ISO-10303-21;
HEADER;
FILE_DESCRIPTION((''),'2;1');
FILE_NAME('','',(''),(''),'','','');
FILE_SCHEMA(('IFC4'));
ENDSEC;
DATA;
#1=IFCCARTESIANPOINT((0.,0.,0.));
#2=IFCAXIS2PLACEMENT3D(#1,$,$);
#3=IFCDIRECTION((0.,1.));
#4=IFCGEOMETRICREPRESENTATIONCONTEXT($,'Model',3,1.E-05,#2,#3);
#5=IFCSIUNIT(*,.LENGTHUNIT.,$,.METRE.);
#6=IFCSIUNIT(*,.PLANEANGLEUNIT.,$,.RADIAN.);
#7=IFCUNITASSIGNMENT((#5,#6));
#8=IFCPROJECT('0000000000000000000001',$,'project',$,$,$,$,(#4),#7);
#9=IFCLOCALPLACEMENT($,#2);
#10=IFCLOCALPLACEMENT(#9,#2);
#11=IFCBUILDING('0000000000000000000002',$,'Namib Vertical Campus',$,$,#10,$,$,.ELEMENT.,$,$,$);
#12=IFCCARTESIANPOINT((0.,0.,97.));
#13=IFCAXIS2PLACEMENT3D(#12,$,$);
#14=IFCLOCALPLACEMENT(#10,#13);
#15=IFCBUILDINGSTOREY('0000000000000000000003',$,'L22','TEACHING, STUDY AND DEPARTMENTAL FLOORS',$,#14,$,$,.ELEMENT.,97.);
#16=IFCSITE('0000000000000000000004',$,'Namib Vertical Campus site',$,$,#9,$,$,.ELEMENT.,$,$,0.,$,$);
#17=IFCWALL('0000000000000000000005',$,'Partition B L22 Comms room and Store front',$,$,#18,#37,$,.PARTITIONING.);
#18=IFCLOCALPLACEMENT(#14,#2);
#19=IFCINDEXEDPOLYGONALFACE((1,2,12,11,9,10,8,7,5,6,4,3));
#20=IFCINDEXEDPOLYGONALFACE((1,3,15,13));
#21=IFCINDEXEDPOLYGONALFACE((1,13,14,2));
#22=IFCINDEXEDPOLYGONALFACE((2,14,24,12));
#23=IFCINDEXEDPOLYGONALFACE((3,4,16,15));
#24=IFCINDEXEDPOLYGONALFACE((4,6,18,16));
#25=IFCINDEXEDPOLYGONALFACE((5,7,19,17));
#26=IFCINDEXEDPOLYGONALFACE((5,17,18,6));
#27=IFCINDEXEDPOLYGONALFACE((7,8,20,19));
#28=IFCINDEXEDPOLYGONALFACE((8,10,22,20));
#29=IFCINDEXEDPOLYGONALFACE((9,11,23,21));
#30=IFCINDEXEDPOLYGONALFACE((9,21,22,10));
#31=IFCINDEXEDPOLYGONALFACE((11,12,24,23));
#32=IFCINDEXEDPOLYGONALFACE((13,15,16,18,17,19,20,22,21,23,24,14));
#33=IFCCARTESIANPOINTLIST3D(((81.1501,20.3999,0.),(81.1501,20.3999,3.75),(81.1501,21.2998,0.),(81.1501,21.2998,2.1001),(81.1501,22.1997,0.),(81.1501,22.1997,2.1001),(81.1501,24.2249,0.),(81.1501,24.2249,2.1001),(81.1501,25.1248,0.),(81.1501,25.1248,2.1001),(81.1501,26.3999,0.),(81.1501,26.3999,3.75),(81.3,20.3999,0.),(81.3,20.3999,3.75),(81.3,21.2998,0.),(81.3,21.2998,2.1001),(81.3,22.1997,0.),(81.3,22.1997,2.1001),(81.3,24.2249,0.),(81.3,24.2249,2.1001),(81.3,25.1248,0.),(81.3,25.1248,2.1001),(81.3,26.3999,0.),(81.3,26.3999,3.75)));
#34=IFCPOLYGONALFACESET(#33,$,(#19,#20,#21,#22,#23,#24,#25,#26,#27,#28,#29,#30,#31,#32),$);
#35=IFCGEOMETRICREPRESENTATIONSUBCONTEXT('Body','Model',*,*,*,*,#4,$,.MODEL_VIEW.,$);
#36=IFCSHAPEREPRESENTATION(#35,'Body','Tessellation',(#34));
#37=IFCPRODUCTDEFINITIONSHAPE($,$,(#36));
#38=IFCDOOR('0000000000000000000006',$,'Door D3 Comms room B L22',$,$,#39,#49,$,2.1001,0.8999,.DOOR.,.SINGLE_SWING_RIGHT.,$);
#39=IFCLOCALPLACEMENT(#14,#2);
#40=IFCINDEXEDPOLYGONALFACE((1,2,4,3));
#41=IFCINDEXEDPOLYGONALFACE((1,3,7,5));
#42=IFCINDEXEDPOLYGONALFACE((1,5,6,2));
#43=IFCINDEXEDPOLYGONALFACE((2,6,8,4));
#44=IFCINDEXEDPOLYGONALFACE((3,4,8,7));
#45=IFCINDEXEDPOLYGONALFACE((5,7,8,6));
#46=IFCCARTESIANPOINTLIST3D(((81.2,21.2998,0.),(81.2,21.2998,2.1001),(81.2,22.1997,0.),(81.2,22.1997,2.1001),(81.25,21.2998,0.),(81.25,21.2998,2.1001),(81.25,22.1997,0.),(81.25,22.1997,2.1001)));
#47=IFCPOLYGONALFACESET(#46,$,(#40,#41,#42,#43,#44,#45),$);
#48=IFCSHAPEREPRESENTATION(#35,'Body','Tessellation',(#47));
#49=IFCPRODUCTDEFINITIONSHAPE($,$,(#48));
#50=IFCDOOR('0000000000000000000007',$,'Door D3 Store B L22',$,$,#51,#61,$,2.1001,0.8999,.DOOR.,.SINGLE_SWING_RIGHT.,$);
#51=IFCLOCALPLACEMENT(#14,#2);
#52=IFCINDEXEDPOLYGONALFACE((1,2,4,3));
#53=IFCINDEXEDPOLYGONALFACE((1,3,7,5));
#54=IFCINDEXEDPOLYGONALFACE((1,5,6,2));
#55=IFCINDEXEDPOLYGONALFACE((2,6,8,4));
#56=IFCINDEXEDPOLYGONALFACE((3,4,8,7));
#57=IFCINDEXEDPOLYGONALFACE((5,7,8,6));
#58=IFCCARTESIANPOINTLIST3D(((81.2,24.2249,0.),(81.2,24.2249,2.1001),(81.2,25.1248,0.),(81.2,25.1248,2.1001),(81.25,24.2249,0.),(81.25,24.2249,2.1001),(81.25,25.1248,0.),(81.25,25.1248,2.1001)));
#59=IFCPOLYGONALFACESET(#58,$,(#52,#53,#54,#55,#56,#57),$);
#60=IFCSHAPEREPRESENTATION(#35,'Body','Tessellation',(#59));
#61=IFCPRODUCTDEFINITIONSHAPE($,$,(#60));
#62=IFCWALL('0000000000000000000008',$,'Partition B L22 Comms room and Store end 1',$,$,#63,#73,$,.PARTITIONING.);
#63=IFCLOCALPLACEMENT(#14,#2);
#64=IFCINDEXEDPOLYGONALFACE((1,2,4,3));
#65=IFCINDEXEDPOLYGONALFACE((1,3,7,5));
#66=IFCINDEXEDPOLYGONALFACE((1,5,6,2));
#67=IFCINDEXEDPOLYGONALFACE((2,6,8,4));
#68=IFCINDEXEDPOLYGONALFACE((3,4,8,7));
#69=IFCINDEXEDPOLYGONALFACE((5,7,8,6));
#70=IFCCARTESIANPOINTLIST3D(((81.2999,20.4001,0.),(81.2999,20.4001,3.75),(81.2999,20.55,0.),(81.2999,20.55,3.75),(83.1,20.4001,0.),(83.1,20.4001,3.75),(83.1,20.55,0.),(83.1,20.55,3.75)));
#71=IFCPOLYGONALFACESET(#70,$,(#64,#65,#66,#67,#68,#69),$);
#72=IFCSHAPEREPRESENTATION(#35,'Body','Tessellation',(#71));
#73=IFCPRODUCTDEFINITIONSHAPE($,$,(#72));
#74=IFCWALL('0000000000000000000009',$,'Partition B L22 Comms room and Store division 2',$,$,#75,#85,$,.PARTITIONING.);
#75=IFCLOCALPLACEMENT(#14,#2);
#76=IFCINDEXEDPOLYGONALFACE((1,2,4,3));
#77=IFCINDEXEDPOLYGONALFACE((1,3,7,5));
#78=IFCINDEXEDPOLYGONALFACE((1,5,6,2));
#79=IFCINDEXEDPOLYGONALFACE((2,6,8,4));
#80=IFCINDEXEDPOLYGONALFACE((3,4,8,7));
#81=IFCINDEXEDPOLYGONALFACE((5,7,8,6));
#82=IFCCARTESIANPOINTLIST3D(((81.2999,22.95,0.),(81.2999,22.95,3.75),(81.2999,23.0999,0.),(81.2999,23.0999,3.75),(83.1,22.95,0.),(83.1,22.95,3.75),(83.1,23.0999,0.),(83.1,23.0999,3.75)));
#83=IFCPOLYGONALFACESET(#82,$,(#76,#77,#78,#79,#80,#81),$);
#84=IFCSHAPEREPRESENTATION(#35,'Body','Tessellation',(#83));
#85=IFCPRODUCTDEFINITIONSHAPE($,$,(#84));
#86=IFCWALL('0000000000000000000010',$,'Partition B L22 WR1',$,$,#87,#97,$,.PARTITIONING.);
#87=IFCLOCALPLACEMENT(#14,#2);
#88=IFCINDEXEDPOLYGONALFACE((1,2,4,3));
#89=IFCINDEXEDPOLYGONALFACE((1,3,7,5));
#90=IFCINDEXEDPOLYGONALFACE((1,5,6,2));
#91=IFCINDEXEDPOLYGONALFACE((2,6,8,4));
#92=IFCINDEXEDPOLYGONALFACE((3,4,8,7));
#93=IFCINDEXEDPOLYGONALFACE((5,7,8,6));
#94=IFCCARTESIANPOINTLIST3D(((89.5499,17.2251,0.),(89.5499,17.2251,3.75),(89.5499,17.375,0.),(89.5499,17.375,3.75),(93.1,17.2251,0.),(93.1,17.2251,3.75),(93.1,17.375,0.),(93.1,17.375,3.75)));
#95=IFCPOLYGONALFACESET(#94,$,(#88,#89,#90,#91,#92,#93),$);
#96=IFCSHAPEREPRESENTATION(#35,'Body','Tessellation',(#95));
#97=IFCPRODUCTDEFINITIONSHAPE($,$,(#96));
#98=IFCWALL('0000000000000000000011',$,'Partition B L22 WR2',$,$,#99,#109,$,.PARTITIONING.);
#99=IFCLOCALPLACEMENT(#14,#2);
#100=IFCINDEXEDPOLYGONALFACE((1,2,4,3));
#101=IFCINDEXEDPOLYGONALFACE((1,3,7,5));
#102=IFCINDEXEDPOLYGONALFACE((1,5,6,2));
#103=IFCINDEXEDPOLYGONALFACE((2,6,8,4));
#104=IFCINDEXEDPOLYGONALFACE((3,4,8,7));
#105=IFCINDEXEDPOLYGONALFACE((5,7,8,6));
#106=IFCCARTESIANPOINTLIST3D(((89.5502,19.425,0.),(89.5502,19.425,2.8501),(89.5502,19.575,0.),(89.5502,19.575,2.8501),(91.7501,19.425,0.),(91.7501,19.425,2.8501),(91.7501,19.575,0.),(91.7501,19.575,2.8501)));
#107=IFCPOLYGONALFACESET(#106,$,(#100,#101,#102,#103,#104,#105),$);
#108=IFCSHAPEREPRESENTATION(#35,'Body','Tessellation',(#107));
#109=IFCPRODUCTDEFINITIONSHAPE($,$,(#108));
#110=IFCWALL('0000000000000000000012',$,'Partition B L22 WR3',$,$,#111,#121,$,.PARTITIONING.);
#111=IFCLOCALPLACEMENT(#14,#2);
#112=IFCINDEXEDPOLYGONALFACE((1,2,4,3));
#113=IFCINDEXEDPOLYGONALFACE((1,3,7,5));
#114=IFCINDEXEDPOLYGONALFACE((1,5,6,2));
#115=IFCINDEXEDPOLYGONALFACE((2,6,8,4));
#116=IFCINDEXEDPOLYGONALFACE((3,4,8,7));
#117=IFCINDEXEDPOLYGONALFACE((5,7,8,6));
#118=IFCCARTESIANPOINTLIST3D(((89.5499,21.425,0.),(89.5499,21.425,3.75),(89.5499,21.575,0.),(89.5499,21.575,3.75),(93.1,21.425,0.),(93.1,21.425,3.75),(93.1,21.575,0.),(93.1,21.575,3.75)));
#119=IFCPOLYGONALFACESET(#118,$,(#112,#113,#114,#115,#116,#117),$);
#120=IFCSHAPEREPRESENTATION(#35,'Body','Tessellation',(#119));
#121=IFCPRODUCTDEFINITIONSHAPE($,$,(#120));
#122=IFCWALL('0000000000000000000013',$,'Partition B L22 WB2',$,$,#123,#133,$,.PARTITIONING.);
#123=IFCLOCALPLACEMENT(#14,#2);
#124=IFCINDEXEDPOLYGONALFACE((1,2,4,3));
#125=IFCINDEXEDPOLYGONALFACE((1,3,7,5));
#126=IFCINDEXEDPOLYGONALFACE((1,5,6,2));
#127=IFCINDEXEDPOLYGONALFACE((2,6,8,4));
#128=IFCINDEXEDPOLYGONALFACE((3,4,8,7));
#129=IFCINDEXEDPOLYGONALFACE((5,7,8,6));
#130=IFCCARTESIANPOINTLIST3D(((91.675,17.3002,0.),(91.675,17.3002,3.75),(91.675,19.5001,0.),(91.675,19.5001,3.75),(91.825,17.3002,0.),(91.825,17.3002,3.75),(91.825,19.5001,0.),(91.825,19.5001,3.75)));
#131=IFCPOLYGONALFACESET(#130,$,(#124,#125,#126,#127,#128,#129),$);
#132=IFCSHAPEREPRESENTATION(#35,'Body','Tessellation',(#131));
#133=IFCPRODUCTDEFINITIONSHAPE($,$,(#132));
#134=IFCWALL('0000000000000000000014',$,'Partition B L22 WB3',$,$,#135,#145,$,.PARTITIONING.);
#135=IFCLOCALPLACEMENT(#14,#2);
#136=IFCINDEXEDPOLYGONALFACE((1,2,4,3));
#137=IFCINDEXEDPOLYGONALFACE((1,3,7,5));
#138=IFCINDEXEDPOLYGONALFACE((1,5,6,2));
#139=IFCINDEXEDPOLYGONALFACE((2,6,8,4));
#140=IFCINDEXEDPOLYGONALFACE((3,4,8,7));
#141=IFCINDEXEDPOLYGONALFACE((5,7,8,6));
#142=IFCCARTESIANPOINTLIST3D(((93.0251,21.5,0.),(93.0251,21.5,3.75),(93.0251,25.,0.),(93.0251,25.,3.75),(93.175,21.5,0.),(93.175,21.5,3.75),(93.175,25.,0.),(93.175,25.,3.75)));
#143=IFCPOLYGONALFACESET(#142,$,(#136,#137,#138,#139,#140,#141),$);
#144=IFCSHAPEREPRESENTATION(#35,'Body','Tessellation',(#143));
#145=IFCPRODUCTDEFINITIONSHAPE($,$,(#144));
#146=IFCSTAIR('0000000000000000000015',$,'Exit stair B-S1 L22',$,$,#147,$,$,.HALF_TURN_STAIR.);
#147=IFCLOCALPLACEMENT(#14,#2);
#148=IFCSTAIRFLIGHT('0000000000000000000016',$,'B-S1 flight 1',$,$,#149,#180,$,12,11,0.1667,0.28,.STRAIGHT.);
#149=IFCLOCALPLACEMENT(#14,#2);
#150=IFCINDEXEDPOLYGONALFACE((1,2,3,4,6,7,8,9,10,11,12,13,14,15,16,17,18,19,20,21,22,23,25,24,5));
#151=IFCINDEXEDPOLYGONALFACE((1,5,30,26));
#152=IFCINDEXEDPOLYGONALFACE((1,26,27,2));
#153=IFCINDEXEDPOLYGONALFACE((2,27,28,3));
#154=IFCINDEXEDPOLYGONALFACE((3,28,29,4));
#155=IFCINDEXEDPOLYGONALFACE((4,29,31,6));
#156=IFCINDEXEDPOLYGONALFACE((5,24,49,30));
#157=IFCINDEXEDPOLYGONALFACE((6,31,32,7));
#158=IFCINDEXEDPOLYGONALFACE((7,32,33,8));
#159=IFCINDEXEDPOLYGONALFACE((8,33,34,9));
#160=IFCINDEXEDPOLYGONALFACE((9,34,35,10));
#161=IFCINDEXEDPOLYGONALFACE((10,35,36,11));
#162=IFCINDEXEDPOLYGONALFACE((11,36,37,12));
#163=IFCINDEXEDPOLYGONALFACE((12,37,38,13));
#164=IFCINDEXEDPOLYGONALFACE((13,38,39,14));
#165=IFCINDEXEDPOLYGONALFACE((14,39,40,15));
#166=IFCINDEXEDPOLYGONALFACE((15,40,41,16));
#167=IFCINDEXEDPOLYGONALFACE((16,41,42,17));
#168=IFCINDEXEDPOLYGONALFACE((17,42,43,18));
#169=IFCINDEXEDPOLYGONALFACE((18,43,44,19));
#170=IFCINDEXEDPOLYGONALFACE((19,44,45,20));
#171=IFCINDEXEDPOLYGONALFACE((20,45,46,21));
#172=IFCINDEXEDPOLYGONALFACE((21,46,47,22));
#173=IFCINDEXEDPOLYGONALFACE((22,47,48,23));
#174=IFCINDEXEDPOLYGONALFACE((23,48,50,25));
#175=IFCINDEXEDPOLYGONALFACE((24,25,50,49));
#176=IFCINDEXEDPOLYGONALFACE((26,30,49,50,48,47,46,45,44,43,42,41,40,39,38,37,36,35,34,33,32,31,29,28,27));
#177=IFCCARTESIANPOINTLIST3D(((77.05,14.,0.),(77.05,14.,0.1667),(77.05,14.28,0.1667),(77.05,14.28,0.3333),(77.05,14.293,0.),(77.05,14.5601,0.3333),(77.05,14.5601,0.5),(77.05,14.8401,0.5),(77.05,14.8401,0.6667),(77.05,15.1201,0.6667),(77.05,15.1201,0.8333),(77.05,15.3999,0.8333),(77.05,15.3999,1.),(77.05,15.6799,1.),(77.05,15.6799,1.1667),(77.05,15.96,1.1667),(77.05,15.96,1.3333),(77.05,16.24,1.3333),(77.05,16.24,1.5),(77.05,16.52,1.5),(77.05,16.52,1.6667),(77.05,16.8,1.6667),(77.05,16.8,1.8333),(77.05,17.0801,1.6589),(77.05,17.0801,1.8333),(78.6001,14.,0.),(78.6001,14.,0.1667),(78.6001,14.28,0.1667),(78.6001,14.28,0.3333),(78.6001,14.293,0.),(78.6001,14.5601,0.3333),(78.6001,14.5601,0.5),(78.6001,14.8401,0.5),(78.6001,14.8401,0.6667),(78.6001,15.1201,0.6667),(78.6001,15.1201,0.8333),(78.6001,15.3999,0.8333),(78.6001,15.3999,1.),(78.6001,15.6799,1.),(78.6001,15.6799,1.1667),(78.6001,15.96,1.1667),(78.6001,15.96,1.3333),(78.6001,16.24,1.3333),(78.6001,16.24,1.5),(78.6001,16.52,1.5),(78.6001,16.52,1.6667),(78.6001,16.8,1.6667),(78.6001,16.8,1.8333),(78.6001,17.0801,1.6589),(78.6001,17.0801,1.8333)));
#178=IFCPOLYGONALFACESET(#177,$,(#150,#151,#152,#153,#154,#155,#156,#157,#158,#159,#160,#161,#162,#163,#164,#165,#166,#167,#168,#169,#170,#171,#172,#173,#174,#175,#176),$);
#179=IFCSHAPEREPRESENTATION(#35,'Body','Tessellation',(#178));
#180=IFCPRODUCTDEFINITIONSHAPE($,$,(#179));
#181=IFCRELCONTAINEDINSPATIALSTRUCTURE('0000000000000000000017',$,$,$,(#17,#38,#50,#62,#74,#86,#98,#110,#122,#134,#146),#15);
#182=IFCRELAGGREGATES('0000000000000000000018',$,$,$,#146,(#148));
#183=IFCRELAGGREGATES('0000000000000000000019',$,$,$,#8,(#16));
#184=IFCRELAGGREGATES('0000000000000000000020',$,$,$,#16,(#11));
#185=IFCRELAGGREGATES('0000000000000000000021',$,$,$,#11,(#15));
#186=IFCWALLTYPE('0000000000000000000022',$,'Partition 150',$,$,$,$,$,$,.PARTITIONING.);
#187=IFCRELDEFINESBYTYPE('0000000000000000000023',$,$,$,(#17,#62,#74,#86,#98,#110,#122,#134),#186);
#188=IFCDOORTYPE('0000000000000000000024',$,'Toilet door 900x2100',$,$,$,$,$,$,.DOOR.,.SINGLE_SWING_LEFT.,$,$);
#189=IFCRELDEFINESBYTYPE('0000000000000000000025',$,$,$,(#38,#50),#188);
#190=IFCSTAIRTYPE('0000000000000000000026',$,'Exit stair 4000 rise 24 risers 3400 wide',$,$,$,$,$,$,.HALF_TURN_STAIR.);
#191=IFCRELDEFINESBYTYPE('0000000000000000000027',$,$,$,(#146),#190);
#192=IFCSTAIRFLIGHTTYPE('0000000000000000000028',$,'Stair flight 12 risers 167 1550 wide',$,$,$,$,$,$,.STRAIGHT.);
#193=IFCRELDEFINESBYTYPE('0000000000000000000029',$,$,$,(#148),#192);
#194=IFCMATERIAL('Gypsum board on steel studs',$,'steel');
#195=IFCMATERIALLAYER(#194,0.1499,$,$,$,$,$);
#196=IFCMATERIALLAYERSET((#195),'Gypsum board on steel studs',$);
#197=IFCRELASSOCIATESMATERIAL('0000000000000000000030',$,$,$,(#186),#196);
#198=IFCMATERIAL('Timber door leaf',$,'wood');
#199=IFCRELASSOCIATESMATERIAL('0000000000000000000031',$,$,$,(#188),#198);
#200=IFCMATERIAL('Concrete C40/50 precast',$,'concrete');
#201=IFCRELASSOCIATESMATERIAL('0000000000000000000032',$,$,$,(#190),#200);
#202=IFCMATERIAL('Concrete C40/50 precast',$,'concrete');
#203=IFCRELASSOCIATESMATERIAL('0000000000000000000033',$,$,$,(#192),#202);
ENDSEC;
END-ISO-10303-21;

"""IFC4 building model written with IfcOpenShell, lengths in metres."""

from ifc_helpers import new_model, si_unit, direction, frame, frame_2d, origin, place, context, subcontext, project, spatial, polyline, rectangle, outline, extrude, material, layer, layer_set, type_object, element, fill, aggregate, save


model = new_model("IFC4")

# Units and contexts
model_context = context("Model", 3, precision=1e-05, world=origin(), true_north=direction((0.0, 1.0)))
body_context = subcontext(model_context, "Body", "Model", "MODEL_VIEW")
ifc_project = project(units=[si_unit("LENGTHUNIT", "METRE"), si_unit("PLANEANGLEUNIT", "RADIAN")], contexts=[model_context])

# Site, building, storey
site_placement = place(None, origin())
site = spatial("IfcSite", under=ifc_project, at=site_placement, Name="Namib Vertical Campus site", CompositionType="ELEMENT", RefElevation=0.0)
building_placement = place(site_placement, origin())
building = spatial("IfcBuilding", under=site, at=building_placement, Name="Namib Vertical Campus", CompositionType="ELEMENT")
storey_placement = place(building_placement, frame((0.0, 0.0, 97.0)))
storey = spatial("IfcBuildingStorey", under=building, at=storey_placement, Name="L22", Description="TEACHING, STUDY AND DEPARTMENTAL FLOORS", CompositionType="ELEMENT", Elevation=97.0)

# Wall, openings, doors
ifc_material_1 = material(Name="Gypsum board on steel studs", Category="steel")
ifc_layer_1 = layer(ifc_material_1, 0.1499)
ifc_layer_set_1 = layer_set([ifc_layer_1], Name="Gypsum board on steel studs")
wall_type_1 = type_object("IfcWallType", Name="Partition 150", PredefinedType="PARTITIONING", material=ifc_layer_set_1)
wall_1_placement = place(storey_placement, frame((81.2251, 20.3999, 0.0), z_axis=(0.0, 0.0, 1.0), x_axis=(0.0, 1.0, 0.0)))
wall_1 = element("IfcWall", 1, at=wall_1_placement, inside=storey, type_object=wall_type_1, Name="Partition B L22 Comms room and Store front", PredefinedType="PARTITIONING", context=body_context, shape_type="SweptSolid", body=[
    extrude(rectangle(XDim=6.0, YDim=0.1499, at=frame_2d((3.0, 0.0))), origin(), (0.0, 0.0, 1.0), 3.75),
])
opening_1_placement = place(wall_1_placement, frame((0.8999, 0.0, 0.0)))
opening_1 = element("IfcOpeningElement", 2, at=opening_1_placement, cuts=wall_1, PredefinedType="OPENING", context=body_context, shape_type="SweptSolid", body=[
    extrude(rectangle(XDim=0.8999, YDim=2.1001, at=frame_2d((0.45, 1.05))), frame((0.0, 0.085, 0.0), z_axis=(0.0, -1.0, 0.0), x_axis=(1.0, 0.0, 0.0)), (0.0, 0.0, 1.0), 0.1699),
])
opening_2_placement = place(wall_1_placement, frame((3.825, 0.0, 0.0)))
opening_2 = element("IfcOpeningElement", 3, at=opening_2_placement, cuts=wall_1, PredefinedType="OPENING", context=body_context, shape_type="SweptSolid", body=[
    extrude(rectangle(XDim=0.8999, YDim=2.1001, at=frame_2d((0.45, 1.05))), frame((0.0, 0.085, 0.0), z_axis=(0.0, -1.0, 0.0), x_axis=(1.0, 0.0, 0.0)), (0.0, 0.0, 1.0), 0.1699),
])
ifc_material_2 = material(Name="Timber door leaf", Category="wood")
door_type_1 = type_object("IfcDoorType", Name="Toilet door 900x2100", OperationType="SINGLE_SWING_LEFT", PredefinedType="DOOR", material=ifc_material_2)
door_1_placement = place(opening_1_placement, frame((0.8999, 0.0, 0.0), z_axis=(0.0, 0.0, 1.0), x_axis=(-1.0, 0.0, 0.0)))
door_1 = element("IfcDoor", 4, at=door_1_placement, inside=storey, type_object=door_type_1, Name="Door D3 Comms room B L22", OperationType="SINGLE_SWING_RIGHT", OverallHeight=2.1001, OverallWidth=0.8999, PredefinedType="DOOR", context=body_context, shape_type="SweptSolid", body=[
    extrude(rectangle(XDim=0.8999, YDim=2.1001, at=frame_2d((0.45, 1.05))), frame((0.0, 0.0249, 0.0), z_axis=(0.0, -1.0, 0.0), x_axis=(1.0, 0.0, 0.0)), (0.0, 0.0, 1.0), 0.05),
])
fill(opening_1, door_1)
door_2_placement = place(opening_2_placement, frame((0.8999, 0.0, 0.0), z_axis=(0.0, 0.0, 1.0), x_axis=(-1.0, 0.0, 0.0)))
door_2 = element("IfcDoor", 5, at=door_2_placement, inside=storey, type_object=door_type_1, Name="Door D3 Store B L22", OperationType="SINGLE_SWING_RIGHT", OverallHeight=2.1001, OverallWidth=0.8999, PredefinedType="DOOR", context=body_context, shape_type="SweptSolid", body=[
    extrude(rectangle(XDim=0.8999, YDim=2.1001, at=frame_2d((0.45, 1.05))), frame((0.0, 0.0249, 0.0), z_axis=(0.0, -1.0, 0.0), x_axis=(1.0, 0.0, 0.0)), (0.0, 0.0, 1.0), 0.05),
])
fill(opening_2, door_2)

# Walls
for number, where, z_axis, x_axis, name in (
    (6, (81.3, 20.4751, 0.0), (0.0, 0.0, 1.0), (1.0, 0.0, 0.0), "Partition B L22 Comms room and Store end 1"),
    (7, (81.3, 23.0249, 0.0), (0.0, 0.0, 1.0), (1.0, 0.0, 0.0), "Partition B L22 Comms room and Store division 2"),
):
    element("IfcWall", number, at=place(storey_placement, frame(where, z_axis=z_axis, x_axis=x_axis)), inside=storey, type_object=wall_type_1, Name=name, PredefinedType="PARTITIONING", context=body_context, shape_type="SweptSolid", body=[
        extrude(rectangle(XDim=1.8, YDim=0.1499, at=frame_2d((0.8999, 0.0))), origin(), (0.0, 0.0, 1.0), 3.75),
    ])
wall_2_placement = place(storey_placement, frame((89.55, 17.3, 0.0), z_axis=(0.0, 0.0, 1.0), x_axis=(1.0, 0.0, 0.0)))
element("IfcWall", 8, at=wall_2_placement, inside=storey, type_object=wall_type_1, Name="Partition B L22 WR1", PredefinedType="PARTITIONING", context=body_context, shape_type="SweptSolid", body=[
    extrude(rectangle(XDim=3.55, YDim=0.1499, at=frame_2d((1.7749, 0.0))), origin(), (0.0, 0.0, 1.0), 3.75),
])
wall_3_placement = place(storey_placement, frame((89.55, 19.5, 0.0), z_axis=(0.0, 0.0, 1.0), x_axis=(1.0, 0.0, 0.0)))
element("IfcWall", 9, at=wall_3_placement, inside=storey, type_object=wall_type_1, Name="Partition B L22 WR2", PredefinedType="PARTITIONING", context=body_context, shape_type="SweptSolid", body=[
    extrude(rectangle(XDim=2.2, YDim=0.1499, at=frame_2d((1.1001, 0.0))), origin(), (0.0, 0.0, 1.0), 2.8501),
])
wall_4_placement = place(storey_placement, frame((89.55, 21.5, 0.0), z_axis=(0.0, 0.0, 1.0), x_axis=(1.0, 0.0, 0.0)))
element("IfcWall", 10, at=wall_4_placement, inside=storey, type_object=wall_type_1, Name="Partition B L22 WR3", PredefinedType="PARTITIONING", context=body_context, shape_type="SweptSolid", body=[
    extrude(rectangle(XDim=3.55, YDim=0.1499, at=frame_2d((1.7749, 0.0))), origin(), (0.0, 0.0, 1.0), 3.75),
])
wall_5_placement = place(storey_placement, frame((91.75, 17.3, 0.0), z_axis=(0.0, 0.0, 1.0), x_axis=(0.0, 1.0, 0.0)))
element("IfcWall", 11, at=wall_5_placement, inside=storey, type_object=wall_type_1, Name="Partition B L22 WB2", PredefinedType="PARTITIONING", context=body_context, shape_type="SweptSolid", body=[
    extrude(rectangle(XDim=2.2, YDim=0.1499, at=frame_2d((1.1001, 0.0))), origin(), (0.0, 0.0, 1.0), 3.75),
])
wall_6_placement = place(storey_placement, frame((93.1001, 21.5, 0.0), z_axis=(0.0, 0.0, 1.0), x_axis=(0.0, 1.0, 0.0)))
element("IfcWall", 12, at=wall_6_placement, inside=storey, type_object=wall_type_1, Name="Partition B L22 WB3", PredefinedType="PARTITIONING", context=body_context, shape_type="SweptSolid", body=[
    extrude(rectangle(XDim=3.5, YDim=0.1499, at=frame_2d((1.75, 0.0))), origin(), (0.0, 0.0, 1.0), 3.75),
])

# Stair, stair flight
ifc_material_3 = material(Name="Concrete C40/50 precast", Category="concrete")
stair_type = type_object("IfcStairType", Name="Exit stair 4000 rise 24 risers 3400 wide", PredefinedType="HALF_TURN_STAIR", material=ifc_material_3)
stair_1_placement = place(storey_placement, origin())
stair_1 = element("IfcStair", 13, at=stair_1_placement, inside=storey, type_object=stair_type, Name="Exit stair B-S1 L22", PredefinedType="HALF_TURN_STAIR")
ifc_material_4 = material(Name="Concrete C40/50 precast", Category="concrete")
stair_flight_type = type_object("IfcStairFlightType", Name="Stair flight 12 risers 167 1550 wide", PredefinedType="STRAIGHT", material=ifc_material_4)
stair_flight_1_placement = place(storey_placement, frame((77.825, 14.0, 0.0), z_axis=(0.0, 0.0, 1.0), x_axis=(0.0, 1.0, 0.0)))
stair_flight_1 = element("IfcStairFlight", 14, at=stair_flight_1_placement, type_object=stair_flight_type, Name="B-S1 flight 1", NumberOfRisers=12, NumberOfTreads=11, PredefinedType="STRAIGHT", RiserHeight=0.1667, TreadLength=0.28, context=body_context, shape_type="SweptSolid", body=[
    extrude(outline(polyline([(0.0, 0.0), (0.0, 0.1667), (0.28, 0.1667), (0.28, 0.3333), (0.5601, 0.3333), (0.5601, 0.5), (0.8401, 0.5), (0.8401, 0.6667), (1.1201, 0.6667), (1.1201, 0.8333), (1.3999, 0.8333), (1.3999, 1.0), (1.6799, 1.0), (1.6799, 1.1667), (1.96, 1.1667), (1.96, 1.3333), (2.24, 1.3333), (2.24, 1.5), (2.52, 1.5), (2.52, 1.6667), (2.8, 1.6667), (2.8, 1.8333), (3.0801, 1.8333), (3.0801, 2.0), (3.0801, 1.6589), (0.293, 0.0), (0.0, 0.0)])), frame((0.0, 0.7749, 0.0), z_axis=(0.0, -1.0, 0.0), x_axis=(1.0, 0.0, 0.0)), (0.0, 0.0, 1.0), 1.55),
])
aggregate(stair_1, [stair_flight_1])

save(model, "model.ifc")
